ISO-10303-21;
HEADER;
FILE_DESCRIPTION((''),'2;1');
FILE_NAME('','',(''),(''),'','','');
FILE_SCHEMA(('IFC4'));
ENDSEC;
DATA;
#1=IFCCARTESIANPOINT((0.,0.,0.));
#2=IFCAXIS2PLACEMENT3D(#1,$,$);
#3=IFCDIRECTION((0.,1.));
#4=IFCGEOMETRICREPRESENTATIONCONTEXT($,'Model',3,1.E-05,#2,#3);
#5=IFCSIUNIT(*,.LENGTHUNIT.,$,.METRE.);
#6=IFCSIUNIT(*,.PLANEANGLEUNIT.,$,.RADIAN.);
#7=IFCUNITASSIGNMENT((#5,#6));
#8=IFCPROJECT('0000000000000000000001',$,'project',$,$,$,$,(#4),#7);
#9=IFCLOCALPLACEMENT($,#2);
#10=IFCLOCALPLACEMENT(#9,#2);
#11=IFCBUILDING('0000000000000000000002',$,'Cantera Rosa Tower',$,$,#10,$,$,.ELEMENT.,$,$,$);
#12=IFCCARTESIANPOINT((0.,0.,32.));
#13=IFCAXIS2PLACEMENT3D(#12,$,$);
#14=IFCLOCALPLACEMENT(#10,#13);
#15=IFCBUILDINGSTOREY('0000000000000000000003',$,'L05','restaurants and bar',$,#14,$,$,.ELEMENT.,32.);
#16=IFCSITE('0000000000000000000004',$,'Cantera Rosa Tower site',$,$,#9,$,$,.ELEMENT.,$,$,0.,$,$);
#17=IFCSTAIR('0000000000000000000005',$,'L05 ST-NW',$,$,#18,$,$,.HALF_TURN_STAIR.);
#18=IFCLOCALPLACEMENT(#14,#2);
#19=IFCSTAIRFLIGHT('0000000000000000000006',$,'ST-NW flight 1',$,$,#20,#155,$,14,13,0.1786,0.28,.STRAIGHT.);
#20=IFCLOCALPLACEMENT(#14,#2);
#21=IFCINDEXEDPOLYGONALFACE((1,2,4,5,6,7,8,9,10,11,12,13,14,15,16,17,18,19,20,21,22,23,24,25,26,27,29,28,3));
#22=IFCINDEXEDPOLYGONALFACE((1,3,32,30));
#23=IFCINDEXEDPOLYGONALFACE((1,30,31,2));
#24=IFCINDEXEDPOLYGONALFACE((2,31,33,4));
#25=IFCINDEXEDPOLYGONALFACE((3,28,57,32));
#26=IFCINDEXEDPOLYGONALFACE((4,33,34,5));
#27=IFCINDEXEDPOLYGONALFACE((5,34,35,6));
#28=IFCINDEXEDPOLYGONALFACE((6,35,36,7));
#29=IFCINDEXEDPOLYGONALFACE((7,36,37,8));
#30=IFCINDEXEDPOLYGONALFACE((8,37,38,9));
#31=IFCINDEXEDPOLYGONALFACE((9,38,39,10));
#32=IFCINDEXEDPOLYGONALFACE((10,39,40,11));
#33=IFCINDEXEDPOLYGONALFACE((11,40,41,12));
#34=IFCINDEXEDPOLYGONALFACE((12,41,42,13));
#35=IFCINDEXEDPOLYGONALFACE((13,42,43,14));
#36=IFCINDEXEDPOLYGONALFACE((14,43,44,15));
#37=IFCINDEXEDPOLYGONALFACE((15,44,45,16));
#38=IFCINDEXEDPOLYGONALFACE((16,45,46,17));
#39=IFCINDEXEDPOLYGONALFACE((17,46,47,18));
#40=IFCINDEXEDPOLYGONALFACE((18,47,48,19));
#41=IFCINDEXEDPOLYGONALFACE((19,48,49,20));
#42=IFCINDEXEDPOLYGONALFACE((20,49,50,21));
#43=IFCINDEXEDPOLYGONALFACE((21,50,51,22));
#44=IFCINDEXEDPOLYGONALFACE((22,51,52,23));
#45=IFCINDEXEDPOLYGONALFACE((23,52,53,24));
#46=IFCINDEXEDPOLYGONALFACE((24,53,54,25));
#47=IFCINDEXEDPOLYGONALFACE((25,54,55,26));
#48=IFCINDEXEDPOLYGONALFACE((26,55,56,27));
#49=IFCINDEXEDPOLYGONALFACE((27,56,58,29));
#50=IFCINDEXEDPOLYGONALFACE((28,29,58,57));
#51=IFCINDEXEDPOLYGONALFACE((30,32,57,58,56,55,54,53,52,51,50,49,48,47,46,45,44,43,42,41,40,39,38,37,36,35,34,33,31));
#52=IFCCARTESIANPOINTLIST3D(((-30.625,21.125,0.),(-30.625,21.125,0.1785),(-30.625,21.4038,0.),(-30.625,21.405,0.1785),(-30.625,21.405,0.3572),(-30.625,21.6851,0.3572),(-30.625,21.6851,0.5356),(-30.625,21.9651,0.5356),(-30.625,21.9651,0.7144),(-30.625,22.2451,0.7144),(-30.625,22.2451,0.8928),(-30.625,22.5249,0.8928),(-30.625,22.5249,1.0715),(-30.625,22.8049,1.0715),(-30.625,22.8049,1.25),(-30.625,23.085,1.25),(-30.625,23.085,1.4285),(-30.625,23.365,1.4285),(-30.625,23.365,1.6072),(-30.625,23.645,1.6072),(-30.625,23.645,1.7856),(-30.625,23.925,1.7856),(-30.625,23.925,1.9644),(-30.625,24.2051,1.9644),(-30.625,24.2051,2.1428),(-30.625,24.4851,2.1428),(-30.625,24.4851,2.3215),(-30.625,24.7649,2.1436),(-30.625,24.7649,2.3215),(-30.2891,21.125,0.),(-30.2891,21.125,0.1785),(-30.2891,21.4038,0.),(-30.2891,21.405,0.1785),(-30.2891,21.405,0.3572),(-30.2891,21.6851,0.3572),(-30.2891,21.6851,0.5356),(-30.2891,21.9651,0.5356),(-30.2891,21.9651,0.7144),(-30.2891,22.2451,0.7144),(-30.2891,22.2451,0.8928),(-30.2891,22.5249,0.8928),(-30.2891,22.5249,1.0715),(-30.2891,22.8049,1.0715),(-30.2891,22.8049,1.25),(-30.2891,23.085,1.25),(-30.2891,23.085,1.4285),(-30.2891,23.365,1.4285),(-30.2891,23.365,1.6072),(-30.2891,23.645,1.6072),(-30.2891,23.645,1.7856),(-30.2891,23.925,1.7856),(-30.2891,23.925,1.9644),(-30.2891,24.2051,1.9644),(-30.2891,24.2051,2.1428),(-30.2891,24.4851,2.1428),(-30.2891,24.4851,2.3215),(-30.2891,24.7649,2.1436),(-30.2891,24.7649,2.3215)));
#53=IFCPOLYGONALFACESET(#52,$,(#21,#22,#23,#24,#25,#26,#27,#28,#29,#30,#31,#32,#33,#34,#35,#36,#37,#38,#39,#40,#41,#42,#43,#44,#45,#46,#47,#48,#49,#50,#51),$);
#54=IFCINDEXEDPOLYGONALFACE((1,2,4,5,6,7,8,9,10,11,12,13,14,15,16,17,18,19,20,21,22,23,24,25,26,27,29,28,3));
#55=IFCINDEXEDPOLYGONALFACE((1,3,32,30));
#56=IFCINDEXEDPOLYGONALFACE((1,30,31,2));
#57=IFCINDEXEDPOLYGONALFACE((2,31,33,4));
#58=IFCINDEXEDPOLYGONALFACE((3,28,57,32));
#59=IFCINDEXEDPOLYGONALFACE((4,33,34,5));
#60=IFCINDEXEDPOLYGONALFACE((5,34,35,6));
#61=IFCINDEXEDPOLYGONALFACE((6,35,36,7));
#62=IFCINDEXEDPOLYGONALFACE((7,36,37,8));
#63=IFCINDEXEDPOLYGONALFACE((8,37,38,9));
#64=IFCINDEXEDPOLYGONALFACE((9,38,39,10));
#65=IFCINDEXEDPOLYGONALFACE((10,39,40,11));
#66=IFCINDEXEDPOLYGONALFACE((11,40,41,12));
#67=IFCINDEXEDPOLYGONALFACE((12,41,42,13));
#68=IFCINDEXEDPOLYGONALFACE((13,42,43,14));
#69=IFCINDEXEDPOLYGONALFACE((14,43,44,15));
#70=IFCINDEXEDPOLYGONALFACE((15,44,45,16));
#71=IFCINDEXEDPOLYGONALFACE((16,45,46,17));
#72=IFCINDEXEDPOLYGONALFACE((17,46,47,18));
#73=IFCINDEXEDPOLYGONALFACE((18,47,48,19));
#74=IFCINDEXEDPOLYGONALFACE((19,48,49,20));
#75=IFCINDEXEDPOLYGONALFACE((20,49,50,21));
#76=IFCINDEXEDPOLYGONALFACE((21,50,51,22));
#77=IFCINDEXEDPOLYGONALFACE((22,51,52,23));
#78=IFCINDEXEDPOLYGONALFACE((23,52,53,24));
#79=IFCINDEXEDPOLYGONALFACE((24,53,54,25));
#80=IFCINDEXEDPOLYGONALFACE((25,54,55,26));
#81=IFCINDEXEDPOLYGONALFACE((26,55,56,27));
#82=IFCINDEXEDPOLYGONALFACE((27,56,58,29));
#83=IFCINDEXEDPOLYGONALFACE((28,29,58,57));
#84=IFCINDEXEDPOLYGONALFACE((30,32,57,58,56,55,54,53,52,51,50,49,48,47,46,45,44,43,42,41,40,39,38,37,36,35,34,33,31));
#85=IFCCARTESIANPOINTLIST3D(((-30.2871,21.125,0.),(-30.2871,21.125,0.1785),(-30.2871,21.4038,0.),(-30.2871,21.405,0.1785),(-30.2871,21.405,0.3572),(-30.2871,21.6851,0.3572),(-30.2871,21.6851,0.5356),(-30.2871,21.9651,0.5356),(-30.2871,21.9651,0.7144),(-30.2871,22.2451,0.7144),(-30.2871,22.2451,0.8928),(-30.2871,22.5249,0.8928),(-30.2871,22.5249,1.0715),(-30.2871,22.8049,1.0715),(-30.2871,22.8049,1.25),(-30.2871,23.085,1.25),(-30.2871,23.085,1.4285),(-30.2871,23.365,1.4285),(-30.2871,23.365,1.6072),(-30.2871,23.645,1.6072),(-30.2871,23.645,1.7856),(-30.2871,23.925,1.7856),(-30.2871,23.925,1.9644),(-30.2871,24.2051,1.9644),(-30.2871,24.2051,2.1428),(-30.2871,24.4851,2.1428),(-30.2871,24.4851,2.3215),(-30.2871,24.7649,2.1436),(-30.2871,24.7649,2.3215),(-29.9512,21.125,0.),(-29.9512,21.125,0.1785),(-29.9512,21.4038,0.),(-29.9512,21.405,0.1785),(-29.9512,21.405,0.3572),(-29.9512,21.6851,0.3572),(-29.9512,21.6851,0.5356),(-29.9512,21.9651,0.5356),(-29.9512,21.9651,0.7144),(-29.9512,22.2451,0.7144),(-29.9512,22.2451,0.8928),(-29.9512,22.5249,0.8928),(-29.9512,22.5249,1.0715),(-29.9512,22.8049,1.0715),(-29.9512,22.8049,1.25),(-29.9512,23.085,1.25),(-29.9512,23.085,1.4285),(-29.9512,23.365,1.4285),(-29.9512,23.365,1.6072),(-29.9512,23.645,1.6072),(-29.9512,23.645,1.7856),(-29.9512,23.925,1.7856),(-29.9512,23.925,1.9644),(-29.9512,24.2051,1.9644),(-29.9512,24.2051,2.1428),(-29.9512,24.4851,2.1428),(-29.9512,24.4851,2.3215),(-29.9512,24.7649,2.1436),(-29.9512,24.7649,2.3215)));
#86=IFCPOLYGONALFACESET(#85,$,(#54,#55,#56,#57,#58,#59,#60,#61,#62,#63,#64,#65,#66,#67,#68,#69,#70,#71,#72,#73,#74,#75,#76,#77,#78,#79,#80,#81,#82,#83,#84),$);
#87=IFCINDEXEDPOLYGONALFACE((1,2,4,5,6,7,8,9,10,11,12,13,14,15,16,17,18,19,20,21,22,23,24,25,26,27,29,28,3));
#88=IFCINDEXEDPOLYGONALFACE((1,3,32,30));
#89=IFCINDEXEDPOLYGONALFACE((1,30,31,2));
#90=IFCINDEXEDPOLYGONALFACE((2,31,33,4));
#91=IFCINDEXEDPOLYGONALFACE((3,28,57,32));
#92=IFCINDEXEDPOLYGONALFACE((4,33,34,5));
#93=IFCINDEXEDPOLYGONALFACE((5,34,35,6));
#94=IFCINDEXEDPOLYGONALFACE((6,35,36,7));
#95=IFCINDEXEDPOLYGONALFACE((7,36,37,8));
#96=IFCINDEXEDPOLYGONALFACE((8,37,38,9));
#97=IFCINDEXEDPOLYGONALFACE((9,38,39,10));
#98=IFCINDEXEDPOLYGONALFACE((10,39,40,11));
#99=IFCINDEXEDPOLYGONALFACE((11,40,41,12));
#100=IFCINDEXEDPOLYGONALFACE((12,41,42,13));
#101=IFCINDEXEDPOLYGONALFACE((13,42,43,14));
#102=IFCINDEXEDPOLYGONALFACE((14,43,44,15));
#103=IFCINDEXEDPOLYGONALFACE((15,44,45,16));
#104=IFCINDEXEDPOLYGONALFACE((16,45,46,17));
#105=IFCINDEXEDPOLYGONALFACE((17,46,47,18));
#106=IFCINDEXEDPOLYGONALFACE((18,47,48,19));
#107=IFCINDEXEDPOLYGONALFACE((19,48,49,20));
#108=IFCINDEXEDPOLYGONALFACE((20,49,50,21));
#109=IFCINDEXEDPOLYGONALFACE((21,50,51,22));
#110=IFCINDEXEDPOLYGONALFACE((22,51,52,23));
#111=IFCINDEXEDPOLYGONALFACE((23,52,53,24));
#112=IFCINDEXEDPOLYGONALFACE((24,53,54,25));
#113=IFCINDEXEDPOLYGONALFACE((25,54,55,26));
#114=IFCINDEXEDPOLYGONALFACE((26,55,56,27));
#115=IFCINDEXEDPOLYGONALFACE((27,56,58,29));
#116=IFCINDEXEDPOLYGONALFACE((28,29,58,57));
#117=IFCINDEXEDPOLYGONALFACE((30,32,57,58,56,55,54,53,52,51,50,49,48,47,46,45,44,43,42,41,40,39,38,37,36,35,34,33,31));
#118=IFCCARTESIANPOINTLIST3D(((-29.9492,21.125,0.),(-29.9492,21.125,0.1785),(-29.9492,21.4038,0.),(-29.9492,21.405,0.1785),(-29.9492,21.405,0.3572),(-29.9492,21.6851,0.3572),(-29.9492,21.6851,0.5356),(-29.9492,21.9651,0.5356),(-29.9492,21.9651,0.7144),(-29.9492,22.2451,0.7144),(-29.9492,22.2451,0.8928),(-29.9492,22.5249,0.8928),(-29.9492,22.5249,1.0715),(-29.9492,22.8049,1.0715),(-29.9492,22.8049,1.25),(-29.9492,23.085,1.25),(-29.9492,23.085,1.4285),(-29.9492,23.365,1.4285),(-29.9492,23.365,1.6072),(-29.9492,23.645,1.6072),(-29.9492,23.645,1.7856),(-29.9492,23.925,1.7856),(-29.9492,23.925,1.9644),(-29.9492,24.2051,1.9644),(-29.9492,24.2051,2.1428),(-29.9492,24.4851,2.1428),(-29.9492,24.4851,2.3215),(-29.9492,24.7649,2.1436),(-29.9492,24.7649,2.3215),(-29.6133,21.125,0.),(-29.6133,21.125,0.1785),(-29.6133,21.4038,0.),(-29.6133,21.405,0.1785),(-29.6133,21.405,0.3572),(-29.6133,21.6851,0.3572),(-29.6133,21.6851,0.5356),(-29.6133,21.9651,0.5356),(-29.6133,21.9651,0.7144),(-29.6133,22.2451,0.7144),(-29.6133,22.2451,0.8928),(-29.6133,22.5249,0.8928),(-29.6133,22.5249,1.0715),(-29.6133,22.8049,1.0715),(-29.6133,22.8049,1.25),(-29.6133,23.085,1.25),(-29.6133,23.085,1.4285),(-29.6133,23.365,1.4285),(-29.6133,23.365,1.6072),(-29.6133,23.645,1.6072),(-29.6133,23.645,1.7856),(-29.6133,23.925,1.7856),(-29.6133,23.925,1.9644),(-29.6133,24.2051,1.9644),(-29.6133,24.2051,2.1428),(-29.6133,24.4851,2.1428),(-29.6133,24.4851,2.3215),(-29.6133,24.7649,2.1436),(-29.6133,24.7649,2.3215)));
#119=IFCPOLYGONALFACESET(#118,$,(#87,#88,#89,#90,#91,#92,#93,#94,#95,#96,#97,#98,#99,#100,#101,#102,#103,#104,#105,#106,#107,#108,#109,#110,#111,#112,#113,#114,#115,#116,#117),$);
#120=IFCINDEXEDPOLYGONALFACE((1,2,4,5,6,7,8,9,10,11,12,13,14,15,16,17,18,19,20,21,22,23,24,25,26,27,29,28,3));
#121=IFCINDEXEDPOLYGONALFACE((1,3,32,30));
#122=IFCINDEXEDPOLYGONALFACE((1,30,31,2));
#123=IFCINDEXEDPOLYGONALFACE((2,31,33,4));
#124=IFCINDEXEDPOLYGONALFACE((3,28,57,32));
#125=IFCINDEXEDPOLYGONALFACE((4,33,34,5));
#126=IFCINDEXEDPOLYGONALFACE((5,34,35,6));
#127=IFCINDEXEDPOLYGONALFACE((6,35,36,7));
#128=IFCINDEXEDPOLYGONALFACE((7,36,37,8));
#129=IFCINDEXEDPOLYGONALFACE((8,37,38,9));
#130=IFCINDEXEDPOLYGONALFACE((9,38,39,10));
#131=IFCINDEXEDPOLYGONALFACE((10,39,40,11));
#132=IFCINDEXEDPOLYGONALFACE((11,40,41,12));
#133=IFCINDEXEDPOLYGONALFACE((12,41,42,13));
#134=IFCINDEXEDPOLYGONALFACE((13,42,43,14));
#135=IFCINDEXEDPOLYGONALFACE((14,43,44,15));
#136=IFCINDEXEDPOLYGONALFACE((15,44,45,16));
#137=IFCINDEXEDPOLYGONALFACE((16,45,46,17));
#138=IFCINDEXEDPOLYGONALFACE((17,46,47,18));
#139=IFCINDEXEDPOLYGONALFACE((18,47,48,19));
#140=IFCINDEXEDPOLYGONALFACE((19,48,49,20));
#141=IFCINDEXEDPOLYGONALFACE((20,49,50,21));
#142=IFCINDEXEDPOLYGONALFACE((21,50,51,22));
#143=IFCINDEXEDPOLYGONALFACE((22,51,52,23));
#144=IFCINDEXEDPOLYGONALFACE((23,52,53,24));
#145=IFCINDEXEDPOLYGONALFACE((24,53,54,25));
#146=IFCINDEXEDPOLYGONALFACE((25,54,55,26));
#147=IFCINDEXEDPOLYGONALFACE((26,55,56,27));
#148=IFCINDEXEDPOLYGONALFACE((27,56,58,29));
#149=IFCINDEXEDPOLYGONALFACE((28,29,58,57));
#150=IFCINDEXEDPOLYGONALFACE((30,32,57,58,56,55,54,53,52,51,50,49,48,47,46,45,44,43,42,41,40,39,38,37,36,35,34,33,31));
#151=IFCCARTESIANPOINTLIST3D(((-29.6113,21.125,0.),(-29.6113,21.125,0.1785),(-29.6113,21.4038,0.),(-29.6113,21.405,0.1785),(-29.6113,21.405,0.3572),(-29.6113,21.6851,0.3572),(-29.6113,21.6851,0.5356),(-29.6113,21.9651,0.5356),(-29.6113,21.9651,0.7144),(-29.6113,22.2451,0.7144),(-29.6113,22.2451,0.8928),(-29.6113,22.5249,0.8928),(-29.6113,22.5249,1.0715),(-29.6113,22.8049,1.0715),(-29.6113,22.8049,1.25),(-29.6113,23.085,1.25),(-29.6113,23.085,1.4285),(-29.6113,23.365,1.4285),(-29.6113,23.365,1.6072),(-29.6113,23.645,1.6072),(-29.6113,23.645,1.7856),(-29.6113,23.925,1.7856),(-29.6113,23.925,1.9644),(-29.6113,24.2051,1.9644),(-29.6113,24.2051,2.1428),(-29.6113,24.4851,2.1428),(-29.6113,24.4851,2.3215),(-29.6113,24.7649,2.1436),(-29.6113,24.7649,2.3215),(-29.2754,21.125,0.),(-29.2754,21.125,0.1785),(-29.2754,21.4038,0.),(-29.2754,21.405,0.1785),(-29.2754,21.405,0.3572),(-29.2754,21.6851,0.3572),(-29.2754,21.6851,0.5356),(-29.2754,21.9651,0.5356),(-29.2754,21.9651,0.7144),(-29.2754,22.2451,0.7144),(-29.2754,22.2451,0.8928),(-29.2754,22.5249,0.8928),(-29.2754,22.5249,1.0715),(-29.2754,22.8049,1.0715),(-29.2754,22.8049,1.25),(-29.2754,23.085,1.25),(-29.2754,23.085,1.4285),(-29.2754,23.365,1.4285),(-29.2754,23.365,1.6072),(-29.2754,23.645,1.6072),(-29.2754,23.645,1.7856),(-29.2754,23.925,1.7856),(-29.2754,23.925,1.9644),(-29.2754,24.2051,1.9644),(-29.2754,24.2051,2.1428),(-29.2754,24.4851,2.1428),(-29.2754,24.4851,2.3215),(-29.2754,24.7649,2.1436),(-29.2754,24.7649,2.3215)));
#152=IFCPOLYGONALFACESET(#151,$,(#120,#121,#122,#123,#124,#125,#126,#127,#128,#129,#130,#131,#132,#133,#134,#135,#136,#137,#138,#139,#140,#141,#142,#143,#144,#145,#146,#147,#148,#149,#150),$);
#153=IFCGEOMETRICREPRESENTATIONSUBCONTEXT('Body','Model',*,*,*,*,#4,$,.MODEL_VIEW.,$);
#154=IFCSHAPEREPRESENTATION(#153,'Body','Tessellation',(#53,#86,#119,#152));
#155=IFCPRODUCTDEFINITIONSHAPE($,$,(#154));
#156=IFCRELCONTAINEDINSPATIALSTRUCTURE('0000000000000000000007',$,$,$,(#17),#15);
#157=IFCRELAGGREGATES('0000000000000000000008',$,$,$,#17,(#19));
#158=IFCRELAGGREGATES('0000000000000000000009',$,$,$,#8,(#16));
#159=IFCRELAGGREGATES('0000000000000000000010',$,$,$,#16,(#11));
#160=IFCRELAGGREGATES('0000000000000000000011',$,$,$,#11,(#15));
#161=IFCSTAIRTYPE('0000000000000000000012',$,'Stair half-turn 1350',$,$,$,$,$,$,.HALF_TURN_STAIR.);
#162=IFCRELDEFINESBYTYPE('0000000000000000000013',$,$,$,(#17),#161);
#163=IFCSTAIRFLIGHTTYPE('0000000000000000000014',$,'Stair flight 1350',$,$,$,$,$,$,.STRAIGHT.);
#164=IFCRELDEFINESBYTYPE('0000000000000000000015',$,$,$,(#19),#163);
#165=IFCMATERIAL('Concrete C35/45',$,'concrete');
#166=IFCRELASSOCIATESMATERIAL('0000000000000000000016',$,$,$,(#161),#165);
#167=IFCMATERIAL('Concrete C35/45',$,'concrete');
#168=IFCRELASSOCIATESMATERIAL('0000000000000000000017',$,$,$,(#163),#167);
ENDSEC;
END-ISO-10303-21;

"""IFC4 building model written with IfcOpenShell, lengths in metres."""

from ifc_helpers import new_model, si_unit, direction, frame, origin, place, context, subcontext, project, spatial, polyline, outline, extrude, material, type_object, element, aggregate, save


model = new_model("IFC4")

# Units and contexts
model_context = context("Model", 3, precision=1e-05, world=origin(), true_north=direction((0.0, 1.0)))
body_context = subcontext(model_context, "Body", "Model", "MODEL_VIEW")
ifc_project = project(units=[si_unit("LENGTHUNIT", "METRE"), si_unit("PLANEANGLEUNIT", "RADIAN")], contexts=[model_context])

# Site, building, storey
site_placement = place(None, origin())
site = spatial("IfcSite", under=ifc_project, at=site_placement, Name="Cantera Rosa Tower site", CompositionType="ELEMENT", RefElevation=0.0)
building_placement = place(site_placement, origin())
building = spatial("IfcBuilding", under=site, at=building_placement, Name="Cantera Rosa Tower", CompositionType="ELEMENT")
storey_placement = place(building_placement, frame((0.0, 0.0, 32.0)))
storey = spatial("IfcBuildingStorey", under=building, at=storey_placement, Name="L05", Description="restaurants and bar", CompositionType="ELEMENT", Elevation=32.0)

# Stair, stair flight
ifc_material_1 = material(Name="Concrete C35/45", Category="concrete")
stair_type = type_object("IfcStairType", Name="Stair half-turn 1350", PredefinedType="HALF_TURN_STAIR", material=ifc_material_1)
stair_placement = place(storey_placement, origin())
stair = element("IfcStair", 1, at=stair_placement, inside=storey, type_object=stair_type, Name="L05 ST-NW", PredefinedType="HALF_TURN_STAIR")
ifc_material_2 = material(Name="Concrete C35/45", Category="concrete")
stair_flight_type = type_object("IfcStairFlightType", Name="Stair flight 1350", PredefinedType="STRAIGHT", material=ifc_material_2)
stair_flight_1_placement = place(storey_placement, frame((-29.95, 21.125, 0.0), z_axis=(0.0, 0.0, 1.0), x_axis=(0.0, 1.0, 0.0)))
stair_flight_1 = element("IfcStairFlight", 2, at=stair_flight_1_placement, type_object=stair_flight_type, Name="ST-NW flight 1", NumberOfRisers=14, NumberOfTreads=13, PredefinedType="STRAIGHT", RiserHeight=0.1786, TreadLength=0.28, context=body_context, shape_type="SweptSolid", body=[
    extrude(outline(polyline([(0.0, 0.0), (0.0, 0.1785), (0.28, 0.1785), (0.28, 0.3572), (0.5601, 0.3572), (0.5601, 0.5356), (0.8401, 0.5356), (0.8401, 0.7144), (1.1201, 0.7144), (1.1201, 0.8928), (1.3999, 0.8928), (1.3999, 1.0715), (1.6799, 1.0715), (1.6799, 1.25), (1.96, 1.25), (1.96, 1.4285), (2.24, 1.4285), (2.24, 1.6072), (2.52, 1.6072), (2.52, 1.7856), (2.8, 1.7856), (2.8, 1.9644), (3.0801, 1.9644), (3.0801, 2.1428), (3.3601, 2.1428), (3.3601, 2.3215), (3.6399, 2.3215), (3.6399, 2.5), (3.6399, 2.1436), (0.2788, 0.0), (0.0, 0.0)])), frame((0.0, 0.675, 0.0), z_axis=(0.0, -1.0, 0.0), x_axis=(1.0, 0.0, 0.0)), (0.0, 0.0, 1.0), 0.3359),
    extrude(outline(polyline([(0.0, 0.0), (0.0, 0.1785), (0.28, 0.1785), (0.28, 0.3572), (0.5601, 0.3572), (0.5601, 0.5356), (0.8401, 0.5356), (0.8401, 0.7144), (1.1201, 0.7144), (1.1201, 0.8928), (1.3999, 0.8928), (1.3999, 1.0715), (1.6799, 1.0715), (1.6799, 1.25), (1.96, 1.25), (1.96, 1.4285), (2.24, 1.4285), (2.24, 1.6072), (2.52, 1.6072), (2.52, 1.7856), (2.8, 1.7856), (2.8, 1.9644), (3.0801, 1.9644), (3.0801, 2.1428), (3.3601, 2.1428), (3.3601, 2.3215), (3.6399, 2.3215), (3.6399, 2.5), (3.6399, 2.1436), (0.2788, 0.0), (0.0, 0.0)])), frame((0.0, 0.3372, 0.0), z_axis=(0.0, -1.0, 0.0), x_axis=(1.0, 0.0, 0.0)), (0.0, 0.0, 1.0), 0.3359),
    extrude(outline(polyline([(0.0, 0.0), (0.0, 0.1785), (0.28, 0.1785), (0.28, 0.3572), (0.5601, 0.3572), (0.5601, 0.5356), (0.8401, 0.5356), (0.8401, 0.7144), (1.1201, 0.7144), (1.1201, 0.8928), (1.3999, 0.8928), (1.3999, 1.0715), (1.6799, 1.0715), (1.6799, 1.25), (1.96, 1.25), (1.96, 1.4285), (2.24, 1.4285), (2.24, 1.6072), (2.52, 1.6072), (2.52, 1.7856), (2.8, 1.7856), (2.8, 1.9644), (3.0801, 1.9644), (3.0801, 2.1428), (3.3601, 2.1428), (3.3601, 2.3215), (3.6399, 2.3215), (3.6399, 2.5), (3.6399, 2.1436), (0.2788, 0.0), (0.0, 0.0)])), frame((0.0, -0.0007, 0.0), z_axis=(0.0, -1.0, 0.0), x_axis=(1.0, 0.0, 0.0)), (0.0, 0.0, 1.0), 0.3359),
    extrude(outline(polyline([(0.0, 0.0), (0.0, 0.1785), (0.28, 0.1785), (0.28, 0.3572), (0.5601, 0.3572), (0.5601, 0.5356), (0.8401, 0.5356), (0.8401, 0.7144), (1.1201, 0.7144), (1.1201, 0.8928), (1.3999, 0.8928), (1.3999, 1.0715), (1.6799, 1.0715), (1.6799, 1.25), (1.96, 1.25), (1.96, 1.4285), (2.24, 1.4285), (2.24, 1.6072), (2.52, 1.6072), (2.52, 1.7856), (2.8, 1.7856), (2.8, 1.9644), (3.0801, 1.9644), (3.0801, 2.1428), (3.3601, 2.1428), (3.3601, 2.3215), (3.6399, 2.3215), (3.6399, 2.5), (3.6399, 2.1436), (0.2788, 0.0), (0.0, 0.0)])), frame((0.0, -0.3386, 0.0), z_axis=(0.0, -1.0, 0.0), x_axis=(1.0, 0.0, 0.0)), (0.0, 0.0, 1.0), 0.3359),
])
aggregate(stair, [stair_flight_1])

save(model, "model.ifc")
